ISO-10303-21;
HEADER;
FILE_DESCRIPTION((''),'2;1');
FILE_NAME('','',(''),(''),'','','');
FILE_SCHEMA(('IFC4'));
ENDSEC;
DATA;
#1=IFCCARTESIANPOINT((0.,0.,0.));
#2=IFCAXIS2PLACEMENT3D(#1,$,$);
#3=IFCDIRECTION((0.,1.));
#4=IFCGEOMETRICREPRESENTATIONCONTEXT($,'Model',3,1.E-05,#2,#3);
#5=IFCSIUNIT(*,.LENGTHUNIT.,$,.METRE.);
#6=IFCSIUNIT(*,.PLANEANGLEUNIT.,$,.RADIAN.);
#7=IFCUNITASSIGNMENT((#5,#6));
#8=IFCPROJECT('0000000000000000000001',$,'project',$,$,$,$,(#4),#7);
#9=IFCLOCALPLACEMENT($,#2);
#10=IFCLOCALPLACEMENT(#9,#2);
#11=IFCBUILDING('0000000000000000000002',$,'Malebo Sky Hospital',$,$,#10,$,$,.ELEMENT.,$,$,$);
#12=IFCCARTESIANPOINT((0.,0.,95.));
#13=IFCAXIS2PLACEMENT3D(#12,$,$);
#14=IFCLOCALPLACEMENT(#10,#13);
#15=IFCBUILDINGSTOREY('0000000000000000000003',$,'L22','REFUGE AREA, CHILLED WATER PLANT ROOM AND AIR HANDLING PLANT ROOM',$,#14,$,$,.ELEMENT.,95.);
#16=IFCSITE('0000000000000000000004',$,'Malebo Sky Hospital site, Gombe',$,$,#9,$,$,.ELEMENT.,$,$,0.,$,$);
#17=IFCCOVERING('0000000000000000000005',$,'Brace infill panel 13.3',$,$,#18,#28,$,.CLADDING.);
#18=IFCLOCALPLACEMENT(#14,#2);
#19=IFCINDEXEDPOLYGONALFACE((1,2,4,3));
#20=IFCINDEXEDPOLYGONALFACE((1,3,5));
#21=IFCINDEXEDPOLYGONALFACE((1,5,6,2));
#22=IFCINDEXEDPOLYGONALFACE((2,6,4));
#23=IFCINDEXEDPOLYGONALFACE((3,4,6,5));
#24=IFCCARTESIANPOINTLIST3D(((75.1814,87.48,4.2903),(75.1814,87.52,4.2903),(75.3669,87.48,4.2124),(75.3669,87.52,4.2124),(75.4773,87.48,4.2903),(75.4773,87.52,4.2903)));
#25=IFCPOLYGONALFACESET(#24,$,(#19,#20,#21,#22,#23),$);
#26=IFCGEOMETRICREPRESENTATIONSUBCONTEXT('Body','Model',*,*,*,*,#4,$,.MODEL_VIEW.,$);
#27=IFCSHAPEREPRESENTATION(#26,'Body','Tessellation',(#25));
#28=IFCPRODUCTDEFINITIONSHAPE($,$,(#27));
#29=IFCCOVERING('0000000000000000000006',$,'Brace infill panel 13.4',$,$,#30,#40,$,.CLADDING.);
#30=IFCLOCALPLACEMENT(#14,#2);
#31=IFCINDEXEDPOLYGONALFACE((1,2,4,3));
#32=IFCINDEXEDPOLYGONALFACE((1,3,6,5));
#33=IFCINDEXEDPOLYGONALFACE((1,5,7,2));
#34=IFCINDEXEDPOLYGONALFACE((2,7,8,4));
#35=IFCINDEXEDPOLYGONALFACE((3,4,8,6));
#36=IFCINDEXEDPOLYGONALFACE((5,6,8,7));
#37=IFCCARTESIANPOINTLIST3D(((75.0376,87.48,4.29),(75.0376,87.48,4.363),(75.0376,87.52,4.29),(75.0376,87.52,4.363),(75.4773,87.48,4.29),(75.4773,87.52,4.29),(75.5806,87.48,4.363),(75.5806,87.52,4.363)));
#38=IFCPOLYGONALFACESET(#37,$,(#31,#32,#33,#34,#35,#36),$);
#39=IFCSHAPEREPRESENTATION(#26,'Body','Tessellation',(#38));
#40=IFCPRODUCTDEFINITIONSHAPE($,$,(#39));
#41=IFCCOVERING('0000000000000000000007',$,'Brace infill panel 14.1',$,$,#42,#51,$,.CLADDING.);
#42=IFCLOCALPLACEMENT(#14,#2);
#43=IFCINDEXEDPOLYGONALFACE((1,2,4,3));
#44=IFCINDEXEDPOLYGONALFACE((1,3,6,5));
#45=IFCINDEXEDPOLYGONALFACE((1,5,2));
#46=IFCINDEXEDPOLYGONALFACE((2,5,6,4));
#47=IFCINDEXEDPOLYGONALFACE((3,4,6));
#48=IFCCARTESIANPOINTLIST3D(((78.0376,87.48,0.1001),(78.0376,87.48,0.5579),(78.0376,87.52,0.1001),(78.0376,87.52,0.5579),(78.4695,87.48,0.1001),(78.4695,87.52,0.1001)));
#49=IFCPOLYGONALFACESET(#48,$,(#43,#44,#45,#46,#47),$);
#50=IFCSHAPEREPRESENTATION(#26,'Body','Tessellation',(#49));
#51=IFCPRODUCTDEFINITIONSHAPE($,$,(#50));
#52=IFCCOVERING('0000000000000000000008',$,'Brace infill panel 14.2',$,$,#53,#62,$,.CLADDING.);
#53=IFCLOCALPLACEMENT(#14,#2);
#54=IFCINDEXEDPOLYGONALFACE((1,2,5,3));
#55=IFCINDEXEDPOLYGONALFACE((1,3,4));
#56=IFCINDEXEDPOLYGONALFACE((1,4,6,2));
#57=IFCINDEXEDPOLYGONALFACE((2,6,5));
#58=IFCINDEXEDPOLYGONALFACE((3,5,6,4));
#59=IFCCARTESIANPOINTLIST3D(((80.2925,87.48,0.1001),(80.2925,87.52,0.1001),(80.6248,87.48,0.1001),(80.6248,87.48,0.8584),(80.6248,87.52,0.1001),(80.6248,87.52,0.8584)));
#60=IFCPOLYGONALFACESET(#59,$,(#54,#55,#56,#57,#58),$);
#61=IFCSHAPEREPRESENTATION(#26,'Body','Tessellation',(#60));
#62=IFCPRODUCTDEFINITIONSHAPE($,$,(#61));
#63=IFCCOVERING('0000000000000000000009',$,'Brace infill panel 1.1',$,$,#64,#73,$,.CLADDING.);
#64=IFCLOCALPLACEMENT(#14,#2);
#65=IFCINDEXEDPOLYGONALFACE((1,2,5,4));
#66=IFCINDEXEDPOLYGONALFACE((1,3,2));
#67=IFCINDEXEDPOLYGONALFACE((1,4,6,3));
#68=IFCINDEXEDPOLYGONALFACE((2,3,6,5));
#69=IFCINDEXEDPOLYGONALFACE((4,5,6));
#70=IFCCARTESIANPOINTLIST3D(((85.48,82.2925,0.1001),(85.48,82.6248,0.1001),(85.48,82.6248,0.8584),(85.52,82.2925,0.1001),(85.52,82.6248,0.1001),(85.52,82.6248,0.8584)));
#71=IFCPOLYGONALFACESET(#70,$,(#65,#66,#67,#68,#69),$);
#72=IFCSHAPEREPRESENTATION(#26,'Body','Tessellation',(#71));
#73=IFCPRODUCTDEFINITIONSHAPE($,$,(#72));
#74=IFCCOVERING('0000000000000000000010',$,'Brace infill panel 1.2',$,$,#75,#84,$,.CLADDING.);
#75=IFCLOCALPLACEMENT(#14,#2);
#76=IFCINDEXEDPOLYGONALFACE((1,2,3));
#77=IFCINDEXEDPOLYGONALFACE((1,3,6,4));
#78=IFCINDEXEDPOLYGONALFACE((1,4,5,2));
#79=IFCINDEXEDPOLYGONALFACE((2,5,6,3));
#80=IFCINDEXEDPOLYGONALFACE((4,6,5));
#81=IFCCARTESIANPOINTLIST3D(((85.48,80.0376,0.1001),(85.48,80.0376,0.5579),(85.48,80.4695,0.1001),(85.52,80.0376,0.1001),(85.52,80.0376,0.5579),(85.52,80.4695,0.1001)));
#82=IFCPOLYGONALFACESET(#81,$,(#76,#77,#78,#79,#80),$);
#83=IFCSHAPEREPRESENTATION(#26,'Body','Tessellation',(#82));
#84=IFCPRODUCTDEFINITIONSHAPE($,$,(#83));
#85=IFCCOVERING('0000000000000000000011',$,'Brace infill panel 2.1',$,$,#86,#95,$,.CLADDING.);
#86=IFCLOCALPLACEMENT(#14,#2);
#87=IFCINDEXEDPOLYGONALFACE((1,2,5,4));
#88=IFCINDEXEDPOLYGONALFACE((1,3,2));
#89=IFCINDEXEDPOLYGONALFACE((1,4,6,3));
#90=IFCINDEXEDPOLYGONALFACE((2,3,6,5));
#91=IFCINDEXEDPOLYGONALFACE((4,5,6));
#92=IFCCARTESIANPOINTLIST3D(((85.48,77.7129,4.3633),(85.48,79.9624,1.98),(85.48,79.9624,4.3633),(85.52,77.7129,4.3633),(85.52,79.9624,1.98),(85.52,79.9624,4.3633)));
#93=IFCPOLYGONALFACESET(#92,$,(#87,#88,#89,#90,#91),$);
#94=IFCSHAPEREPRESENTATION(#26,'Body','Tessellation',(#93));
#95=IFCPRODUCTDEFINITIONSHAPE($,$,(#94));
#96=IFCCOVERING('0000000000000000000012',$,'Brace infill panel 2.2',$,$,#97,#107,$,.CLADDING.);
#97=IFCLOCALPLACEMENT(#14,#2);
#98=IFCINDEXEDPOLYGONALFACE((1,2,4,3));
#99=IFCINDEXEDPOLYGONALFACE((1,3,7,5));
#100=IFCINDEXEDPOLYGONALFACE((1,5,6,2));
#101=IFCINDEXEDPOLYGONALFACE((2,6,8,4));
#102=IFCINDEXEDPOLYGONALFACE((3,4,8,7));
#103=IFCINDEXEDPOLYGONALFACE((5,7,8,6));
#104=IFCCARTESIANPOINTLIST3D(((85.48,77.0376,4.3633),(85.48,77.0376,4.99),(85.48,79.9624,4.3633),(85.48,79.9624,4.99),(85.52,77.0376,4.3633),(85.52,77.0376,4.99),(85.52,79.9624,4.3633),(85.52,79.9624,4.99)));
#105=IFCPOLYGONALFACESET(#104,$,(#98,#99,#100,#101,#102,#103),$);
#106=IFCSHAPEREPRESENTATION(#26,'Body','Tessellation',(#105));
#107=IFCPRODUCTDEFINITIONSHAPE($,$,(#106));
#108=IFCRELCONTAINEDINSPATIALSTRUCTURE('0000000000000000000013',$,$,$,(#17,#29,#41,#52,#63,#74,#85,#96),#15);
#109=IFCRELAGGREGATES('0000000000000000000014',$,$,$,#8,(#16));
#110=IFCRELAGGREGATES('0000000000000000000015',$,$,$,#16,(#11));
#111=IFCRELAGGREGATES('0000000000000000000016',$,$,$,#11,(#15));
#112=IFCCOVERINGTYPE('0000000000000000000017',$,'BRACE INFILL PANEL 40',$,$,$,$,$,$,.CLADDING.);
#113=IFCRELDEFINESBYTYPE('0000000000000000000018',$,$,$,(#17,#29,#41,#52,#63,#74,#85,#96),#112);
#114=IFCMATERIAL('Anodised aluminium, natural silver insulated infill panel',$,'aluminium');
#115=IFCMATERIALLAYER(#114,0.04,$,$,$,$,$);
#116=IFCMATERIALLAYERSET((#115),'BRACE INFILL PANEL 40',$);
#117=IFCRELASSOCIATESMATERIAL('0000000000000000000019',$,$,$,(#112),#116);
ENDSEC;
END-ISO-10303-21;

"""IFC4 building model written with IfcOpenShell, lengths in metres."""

from ifc_helpers import new_model, si_unit, direction, frame, origin, place, context, subcontext, project, spatial, polyline, outline, extrude, material, layer, layer_set, type_object, element, save


model = new_model("IFC4")

# Units and contexts
model_context = context("Model", 3, precision=1e-05, world=origin(), true_north=direction((0.0, 1.0)))
body_context = subcontext(model_context, "Body", "Model", "MODEL_VIEW")
ifc_project = project(units=[si_unit("LENGTHUNIT", "METRE"), si_unit("PLANEANGLEUNIT", "RADIAN")], contexts=[model_context])

# Site, building, storey
site_placement = place(None, origin())
site = spatial("IfcSite", under=ifc_project, at=site_placement, Name="Malebo Sky Hospital site, Gombe", CompositionType="ELEMENT", RefElevation=0.0)
building_placement = place(site_placement, origin())
building = spatial("IfcBuilding", under=site, at=building_placement, Name="Malebo Sky Hospital", CompositionType="ELEMENT")
storey_placement = place(building_placement, frame((0.0, 0.0, 95.0)))
storey = spatial("IfcBuildingStorey", under=building, at=storey_placement, Name="L22", Description="REFUGE AREA, CHILLED WATER PLANT ROOM AND AIR HANDLING PLANT ROOM", CompositionType="ELEMENT", Elevation=95.0)

# Coverings
ifc_material_1 = material(Name="Anodised aluminium, natural silver insulated infill panel", Category="aluminium")
ifc_layer_1 = layer(ifc_material_1, 0.04)
ifc_layer_set_1 = layer_set([ifc_layer_1], Name="BRACE INFILL PANEL 40")
covering_type = type_object("IfcCoveringType", Name="BRACE INFILL PANEL 40", PredefinedType="CLADDING", material=ifc_layer_set_1)
covering_1_placement = place(storey_placement, frame((75.3293, 87.5, 4.2124), z_axis=(0.0, 0.0, 1.0), x_axis=(1.0, 0.0, 0.0)))
element("IfcCovering", 1, at=covering_1_placement, inside=storey, type_object=covering_type, Name="Brace infill panel 13.3", PredefinedType="CLADDING", context=body_context, shape_type="SweptSolid", body=[
    extrude(outline(polyline([(0.0376, 0.0), (0.1479, 0.0779), (-0.1479, 0.0779), (0.0376, 0.0)])), frame((0.0, 0.02, 0.0), z_axis=(0.0, -1.0, 0.0), x_axis=(1.0, 0.0, 0.0)), (0.0, 0.0, 1.0), 0.04),
])
covering_2_placement = place(storey_placement, frame((75.3091, 87.5, 4.29), z_axis=(0.0, 0.0, 1.0), x_axis=(1.0, 0.0, 0.0)))
element("IfcCovering", 2, at=covering_2_placement, inside=storey, type_object=covering_type, Name="Brace infill panel 13.4", PredefinedType="CLADDING", context=body_context, shape_type="SweptSolid", body=[
    extrude(outline(polyline([(-0.2715, 0.0), (0.1682, 0.0), (0.2715, 0.073), (-0.2715, 0.073), (-0.2715, 0.0)])), frame((0.0, 0.02, 0.0), z_axis=(0.0, -1.0, 0.0), x_axis=(1.0, 0.0, 0.0)), (0.0, 0.0, 1.0), 0.04),
])
covering_3_placement = place(storey_placement, frame((78.2537, 87.5, 0.1001), z_axis=(0.0, 0.0, 1.0), x_axis=(1.0, 0.0, 0.0)))
element("IfcCovering", 3, at=covering_3_placement, inside=storey, type_object=covering_type, Name="Brace infill panel 14.1", PredefinedType="CLADDING", context=body_context, shape_type="SweptSolid", body=[
    extrude(outline(polyline([(-0.2161, 0.0), (0.2158, 0.0), (-0.2161, 0.4578), (-0.2161, 0.0)])), frame((0.0, 0.02, 0.0), z_axis=(0.0, -1.0, 0.0), x_axis=(1.0, 0.0, 0.0)), (0.0, 0.0, 1.0), 0.04),
])
covering_4_placement = place(storey_placement, frame((80.4587, 87.5, 0.1001), z_axis=(0.0, 0.0, 1.0), x_axis=(1.0, 0.0, 0.0)))
element("IfcCovering", 4, at=covering_4_placement, inside=storey, type_object=covering_type, Name="Brace infill panel 14.2", PredefinedType="CLADDING", context=body_context, shape_type="SweptSolid", body=[
    extrude(outline(polyline([(-0.1663, 0.0), (0.166, 0.0), (0.166, 0.7583), (-0.1663, 0.0)])), frame((0.0, 0.02, 0.0), z_axis=(0.0, -1.0, 0.0), x_axis=(1.0, 0.0, 0.0)), (0.0, 0.0, 1.0), 0.04),
])
covering_5_placement = place(storey_placement, frame((85.5, 82.4587, 0.1001), z_axis=(0.0, 0.0, 1.0), x_axis=(0.0, -1.0, 0.0)))
element("IfcCovering", 5, at=covering_5_placement, inside=storey, type_object=covering_type, Name="Brace infill panel 1.1", PredefinedType="CLADDING", context=body_context, shape_type="SweptSolid", body=[
    extrude(outline(polyline([(-0.166, 0.0), (0.1663, 0.0), (-0.166, 0.7583), (-0.166, 0.0)])), frame((0.0, 0.02, 0.0), z_axis=(0.0, -1.0, 0.0), x_axis=(1.0, 0.0, 0.0)), (0.0, 0.0, 1.0), 0.04),
])
covering_6_placement = place(storey_placement, frame((85.5, 80.2537, 0.1001), z_axis=(0.0, 0.0, 1.0), x_axis=(0.0, -1.0, 0.0)))
element("IfcCovering", 6, at=covering_6_placement, inside=storey, type_object=covering_type, Name="Brace infill panel 1.2", PredefinedType="CLADDING", context=body_context, shape_type="SweptSolid", body=[
    extrude(outline(polyline([(-0.2158, 0.0), (0.2161, 0.0), (0.2161, 0.4578), (-0.2158, 0.0)])), frame((0.0, 0.02, 0.0), z_axis=(0.0, -1.0, 0.0), x_axis=(1.0, 0.0, 0.0)), (0.0, 0.0, 1.0), 0.04),
])
covering_7_placement = place(storey_placement, frame((85.5, 78.8376, 1.98), z_axis=(0.0, 0.0, 1.0), x_axis=(0.0, -1.0, 0.0)))
element("IfcCovering", 7, at=covering_7_placement, inside=storey, type_object=covering_type, Name="Brace infill panel 2.1", PredefinedType="CLADDING", context=body_context, shape_type="SweptSolid", body=[
    extrude(outline(polyline([(-1.1248, 0.0), (1.1248, 2.3833), (-1.1248, 2.3833), (-1.1248, 0.0)])), frame((0.0, 0.02, 0.0), z_axis=(0.0, -1.0, 0.0), x_axis=(1.0, 0.0, 0.0)), (0.0, 0.0, 1.0), 0.04),
])
covering_8_placement = place(storey_placement, frame((85.5, 78.5, 4.3633), z_axis=(0.0, 0.0, 1.0), x_axis=(0.0, -1.0, 0.0)))
element("IfcCovering", 8, at=covering_8_placement, inside=storey, type_object=covering_type, Name="Brace infill panel 2.2", PredefinedType="CLADDING", context=body_context, shape_type="SweptSolid", body=[
    extrude(outline(polyline([(-1.4624, 0.0), (1.4624, 0.0), (1.4624, 0.6267), (-1.4624, 0.6267), (-1.4624, 0.0)])), frame((0.0, 0.02, 0.0), z_axis=(0.0, -1.0, 0.0), x_axis=(1.0, 0.0, 0.0)), (0.0, 0.0, 1.0), 0.04),
])

save(model, "model.ifc")
